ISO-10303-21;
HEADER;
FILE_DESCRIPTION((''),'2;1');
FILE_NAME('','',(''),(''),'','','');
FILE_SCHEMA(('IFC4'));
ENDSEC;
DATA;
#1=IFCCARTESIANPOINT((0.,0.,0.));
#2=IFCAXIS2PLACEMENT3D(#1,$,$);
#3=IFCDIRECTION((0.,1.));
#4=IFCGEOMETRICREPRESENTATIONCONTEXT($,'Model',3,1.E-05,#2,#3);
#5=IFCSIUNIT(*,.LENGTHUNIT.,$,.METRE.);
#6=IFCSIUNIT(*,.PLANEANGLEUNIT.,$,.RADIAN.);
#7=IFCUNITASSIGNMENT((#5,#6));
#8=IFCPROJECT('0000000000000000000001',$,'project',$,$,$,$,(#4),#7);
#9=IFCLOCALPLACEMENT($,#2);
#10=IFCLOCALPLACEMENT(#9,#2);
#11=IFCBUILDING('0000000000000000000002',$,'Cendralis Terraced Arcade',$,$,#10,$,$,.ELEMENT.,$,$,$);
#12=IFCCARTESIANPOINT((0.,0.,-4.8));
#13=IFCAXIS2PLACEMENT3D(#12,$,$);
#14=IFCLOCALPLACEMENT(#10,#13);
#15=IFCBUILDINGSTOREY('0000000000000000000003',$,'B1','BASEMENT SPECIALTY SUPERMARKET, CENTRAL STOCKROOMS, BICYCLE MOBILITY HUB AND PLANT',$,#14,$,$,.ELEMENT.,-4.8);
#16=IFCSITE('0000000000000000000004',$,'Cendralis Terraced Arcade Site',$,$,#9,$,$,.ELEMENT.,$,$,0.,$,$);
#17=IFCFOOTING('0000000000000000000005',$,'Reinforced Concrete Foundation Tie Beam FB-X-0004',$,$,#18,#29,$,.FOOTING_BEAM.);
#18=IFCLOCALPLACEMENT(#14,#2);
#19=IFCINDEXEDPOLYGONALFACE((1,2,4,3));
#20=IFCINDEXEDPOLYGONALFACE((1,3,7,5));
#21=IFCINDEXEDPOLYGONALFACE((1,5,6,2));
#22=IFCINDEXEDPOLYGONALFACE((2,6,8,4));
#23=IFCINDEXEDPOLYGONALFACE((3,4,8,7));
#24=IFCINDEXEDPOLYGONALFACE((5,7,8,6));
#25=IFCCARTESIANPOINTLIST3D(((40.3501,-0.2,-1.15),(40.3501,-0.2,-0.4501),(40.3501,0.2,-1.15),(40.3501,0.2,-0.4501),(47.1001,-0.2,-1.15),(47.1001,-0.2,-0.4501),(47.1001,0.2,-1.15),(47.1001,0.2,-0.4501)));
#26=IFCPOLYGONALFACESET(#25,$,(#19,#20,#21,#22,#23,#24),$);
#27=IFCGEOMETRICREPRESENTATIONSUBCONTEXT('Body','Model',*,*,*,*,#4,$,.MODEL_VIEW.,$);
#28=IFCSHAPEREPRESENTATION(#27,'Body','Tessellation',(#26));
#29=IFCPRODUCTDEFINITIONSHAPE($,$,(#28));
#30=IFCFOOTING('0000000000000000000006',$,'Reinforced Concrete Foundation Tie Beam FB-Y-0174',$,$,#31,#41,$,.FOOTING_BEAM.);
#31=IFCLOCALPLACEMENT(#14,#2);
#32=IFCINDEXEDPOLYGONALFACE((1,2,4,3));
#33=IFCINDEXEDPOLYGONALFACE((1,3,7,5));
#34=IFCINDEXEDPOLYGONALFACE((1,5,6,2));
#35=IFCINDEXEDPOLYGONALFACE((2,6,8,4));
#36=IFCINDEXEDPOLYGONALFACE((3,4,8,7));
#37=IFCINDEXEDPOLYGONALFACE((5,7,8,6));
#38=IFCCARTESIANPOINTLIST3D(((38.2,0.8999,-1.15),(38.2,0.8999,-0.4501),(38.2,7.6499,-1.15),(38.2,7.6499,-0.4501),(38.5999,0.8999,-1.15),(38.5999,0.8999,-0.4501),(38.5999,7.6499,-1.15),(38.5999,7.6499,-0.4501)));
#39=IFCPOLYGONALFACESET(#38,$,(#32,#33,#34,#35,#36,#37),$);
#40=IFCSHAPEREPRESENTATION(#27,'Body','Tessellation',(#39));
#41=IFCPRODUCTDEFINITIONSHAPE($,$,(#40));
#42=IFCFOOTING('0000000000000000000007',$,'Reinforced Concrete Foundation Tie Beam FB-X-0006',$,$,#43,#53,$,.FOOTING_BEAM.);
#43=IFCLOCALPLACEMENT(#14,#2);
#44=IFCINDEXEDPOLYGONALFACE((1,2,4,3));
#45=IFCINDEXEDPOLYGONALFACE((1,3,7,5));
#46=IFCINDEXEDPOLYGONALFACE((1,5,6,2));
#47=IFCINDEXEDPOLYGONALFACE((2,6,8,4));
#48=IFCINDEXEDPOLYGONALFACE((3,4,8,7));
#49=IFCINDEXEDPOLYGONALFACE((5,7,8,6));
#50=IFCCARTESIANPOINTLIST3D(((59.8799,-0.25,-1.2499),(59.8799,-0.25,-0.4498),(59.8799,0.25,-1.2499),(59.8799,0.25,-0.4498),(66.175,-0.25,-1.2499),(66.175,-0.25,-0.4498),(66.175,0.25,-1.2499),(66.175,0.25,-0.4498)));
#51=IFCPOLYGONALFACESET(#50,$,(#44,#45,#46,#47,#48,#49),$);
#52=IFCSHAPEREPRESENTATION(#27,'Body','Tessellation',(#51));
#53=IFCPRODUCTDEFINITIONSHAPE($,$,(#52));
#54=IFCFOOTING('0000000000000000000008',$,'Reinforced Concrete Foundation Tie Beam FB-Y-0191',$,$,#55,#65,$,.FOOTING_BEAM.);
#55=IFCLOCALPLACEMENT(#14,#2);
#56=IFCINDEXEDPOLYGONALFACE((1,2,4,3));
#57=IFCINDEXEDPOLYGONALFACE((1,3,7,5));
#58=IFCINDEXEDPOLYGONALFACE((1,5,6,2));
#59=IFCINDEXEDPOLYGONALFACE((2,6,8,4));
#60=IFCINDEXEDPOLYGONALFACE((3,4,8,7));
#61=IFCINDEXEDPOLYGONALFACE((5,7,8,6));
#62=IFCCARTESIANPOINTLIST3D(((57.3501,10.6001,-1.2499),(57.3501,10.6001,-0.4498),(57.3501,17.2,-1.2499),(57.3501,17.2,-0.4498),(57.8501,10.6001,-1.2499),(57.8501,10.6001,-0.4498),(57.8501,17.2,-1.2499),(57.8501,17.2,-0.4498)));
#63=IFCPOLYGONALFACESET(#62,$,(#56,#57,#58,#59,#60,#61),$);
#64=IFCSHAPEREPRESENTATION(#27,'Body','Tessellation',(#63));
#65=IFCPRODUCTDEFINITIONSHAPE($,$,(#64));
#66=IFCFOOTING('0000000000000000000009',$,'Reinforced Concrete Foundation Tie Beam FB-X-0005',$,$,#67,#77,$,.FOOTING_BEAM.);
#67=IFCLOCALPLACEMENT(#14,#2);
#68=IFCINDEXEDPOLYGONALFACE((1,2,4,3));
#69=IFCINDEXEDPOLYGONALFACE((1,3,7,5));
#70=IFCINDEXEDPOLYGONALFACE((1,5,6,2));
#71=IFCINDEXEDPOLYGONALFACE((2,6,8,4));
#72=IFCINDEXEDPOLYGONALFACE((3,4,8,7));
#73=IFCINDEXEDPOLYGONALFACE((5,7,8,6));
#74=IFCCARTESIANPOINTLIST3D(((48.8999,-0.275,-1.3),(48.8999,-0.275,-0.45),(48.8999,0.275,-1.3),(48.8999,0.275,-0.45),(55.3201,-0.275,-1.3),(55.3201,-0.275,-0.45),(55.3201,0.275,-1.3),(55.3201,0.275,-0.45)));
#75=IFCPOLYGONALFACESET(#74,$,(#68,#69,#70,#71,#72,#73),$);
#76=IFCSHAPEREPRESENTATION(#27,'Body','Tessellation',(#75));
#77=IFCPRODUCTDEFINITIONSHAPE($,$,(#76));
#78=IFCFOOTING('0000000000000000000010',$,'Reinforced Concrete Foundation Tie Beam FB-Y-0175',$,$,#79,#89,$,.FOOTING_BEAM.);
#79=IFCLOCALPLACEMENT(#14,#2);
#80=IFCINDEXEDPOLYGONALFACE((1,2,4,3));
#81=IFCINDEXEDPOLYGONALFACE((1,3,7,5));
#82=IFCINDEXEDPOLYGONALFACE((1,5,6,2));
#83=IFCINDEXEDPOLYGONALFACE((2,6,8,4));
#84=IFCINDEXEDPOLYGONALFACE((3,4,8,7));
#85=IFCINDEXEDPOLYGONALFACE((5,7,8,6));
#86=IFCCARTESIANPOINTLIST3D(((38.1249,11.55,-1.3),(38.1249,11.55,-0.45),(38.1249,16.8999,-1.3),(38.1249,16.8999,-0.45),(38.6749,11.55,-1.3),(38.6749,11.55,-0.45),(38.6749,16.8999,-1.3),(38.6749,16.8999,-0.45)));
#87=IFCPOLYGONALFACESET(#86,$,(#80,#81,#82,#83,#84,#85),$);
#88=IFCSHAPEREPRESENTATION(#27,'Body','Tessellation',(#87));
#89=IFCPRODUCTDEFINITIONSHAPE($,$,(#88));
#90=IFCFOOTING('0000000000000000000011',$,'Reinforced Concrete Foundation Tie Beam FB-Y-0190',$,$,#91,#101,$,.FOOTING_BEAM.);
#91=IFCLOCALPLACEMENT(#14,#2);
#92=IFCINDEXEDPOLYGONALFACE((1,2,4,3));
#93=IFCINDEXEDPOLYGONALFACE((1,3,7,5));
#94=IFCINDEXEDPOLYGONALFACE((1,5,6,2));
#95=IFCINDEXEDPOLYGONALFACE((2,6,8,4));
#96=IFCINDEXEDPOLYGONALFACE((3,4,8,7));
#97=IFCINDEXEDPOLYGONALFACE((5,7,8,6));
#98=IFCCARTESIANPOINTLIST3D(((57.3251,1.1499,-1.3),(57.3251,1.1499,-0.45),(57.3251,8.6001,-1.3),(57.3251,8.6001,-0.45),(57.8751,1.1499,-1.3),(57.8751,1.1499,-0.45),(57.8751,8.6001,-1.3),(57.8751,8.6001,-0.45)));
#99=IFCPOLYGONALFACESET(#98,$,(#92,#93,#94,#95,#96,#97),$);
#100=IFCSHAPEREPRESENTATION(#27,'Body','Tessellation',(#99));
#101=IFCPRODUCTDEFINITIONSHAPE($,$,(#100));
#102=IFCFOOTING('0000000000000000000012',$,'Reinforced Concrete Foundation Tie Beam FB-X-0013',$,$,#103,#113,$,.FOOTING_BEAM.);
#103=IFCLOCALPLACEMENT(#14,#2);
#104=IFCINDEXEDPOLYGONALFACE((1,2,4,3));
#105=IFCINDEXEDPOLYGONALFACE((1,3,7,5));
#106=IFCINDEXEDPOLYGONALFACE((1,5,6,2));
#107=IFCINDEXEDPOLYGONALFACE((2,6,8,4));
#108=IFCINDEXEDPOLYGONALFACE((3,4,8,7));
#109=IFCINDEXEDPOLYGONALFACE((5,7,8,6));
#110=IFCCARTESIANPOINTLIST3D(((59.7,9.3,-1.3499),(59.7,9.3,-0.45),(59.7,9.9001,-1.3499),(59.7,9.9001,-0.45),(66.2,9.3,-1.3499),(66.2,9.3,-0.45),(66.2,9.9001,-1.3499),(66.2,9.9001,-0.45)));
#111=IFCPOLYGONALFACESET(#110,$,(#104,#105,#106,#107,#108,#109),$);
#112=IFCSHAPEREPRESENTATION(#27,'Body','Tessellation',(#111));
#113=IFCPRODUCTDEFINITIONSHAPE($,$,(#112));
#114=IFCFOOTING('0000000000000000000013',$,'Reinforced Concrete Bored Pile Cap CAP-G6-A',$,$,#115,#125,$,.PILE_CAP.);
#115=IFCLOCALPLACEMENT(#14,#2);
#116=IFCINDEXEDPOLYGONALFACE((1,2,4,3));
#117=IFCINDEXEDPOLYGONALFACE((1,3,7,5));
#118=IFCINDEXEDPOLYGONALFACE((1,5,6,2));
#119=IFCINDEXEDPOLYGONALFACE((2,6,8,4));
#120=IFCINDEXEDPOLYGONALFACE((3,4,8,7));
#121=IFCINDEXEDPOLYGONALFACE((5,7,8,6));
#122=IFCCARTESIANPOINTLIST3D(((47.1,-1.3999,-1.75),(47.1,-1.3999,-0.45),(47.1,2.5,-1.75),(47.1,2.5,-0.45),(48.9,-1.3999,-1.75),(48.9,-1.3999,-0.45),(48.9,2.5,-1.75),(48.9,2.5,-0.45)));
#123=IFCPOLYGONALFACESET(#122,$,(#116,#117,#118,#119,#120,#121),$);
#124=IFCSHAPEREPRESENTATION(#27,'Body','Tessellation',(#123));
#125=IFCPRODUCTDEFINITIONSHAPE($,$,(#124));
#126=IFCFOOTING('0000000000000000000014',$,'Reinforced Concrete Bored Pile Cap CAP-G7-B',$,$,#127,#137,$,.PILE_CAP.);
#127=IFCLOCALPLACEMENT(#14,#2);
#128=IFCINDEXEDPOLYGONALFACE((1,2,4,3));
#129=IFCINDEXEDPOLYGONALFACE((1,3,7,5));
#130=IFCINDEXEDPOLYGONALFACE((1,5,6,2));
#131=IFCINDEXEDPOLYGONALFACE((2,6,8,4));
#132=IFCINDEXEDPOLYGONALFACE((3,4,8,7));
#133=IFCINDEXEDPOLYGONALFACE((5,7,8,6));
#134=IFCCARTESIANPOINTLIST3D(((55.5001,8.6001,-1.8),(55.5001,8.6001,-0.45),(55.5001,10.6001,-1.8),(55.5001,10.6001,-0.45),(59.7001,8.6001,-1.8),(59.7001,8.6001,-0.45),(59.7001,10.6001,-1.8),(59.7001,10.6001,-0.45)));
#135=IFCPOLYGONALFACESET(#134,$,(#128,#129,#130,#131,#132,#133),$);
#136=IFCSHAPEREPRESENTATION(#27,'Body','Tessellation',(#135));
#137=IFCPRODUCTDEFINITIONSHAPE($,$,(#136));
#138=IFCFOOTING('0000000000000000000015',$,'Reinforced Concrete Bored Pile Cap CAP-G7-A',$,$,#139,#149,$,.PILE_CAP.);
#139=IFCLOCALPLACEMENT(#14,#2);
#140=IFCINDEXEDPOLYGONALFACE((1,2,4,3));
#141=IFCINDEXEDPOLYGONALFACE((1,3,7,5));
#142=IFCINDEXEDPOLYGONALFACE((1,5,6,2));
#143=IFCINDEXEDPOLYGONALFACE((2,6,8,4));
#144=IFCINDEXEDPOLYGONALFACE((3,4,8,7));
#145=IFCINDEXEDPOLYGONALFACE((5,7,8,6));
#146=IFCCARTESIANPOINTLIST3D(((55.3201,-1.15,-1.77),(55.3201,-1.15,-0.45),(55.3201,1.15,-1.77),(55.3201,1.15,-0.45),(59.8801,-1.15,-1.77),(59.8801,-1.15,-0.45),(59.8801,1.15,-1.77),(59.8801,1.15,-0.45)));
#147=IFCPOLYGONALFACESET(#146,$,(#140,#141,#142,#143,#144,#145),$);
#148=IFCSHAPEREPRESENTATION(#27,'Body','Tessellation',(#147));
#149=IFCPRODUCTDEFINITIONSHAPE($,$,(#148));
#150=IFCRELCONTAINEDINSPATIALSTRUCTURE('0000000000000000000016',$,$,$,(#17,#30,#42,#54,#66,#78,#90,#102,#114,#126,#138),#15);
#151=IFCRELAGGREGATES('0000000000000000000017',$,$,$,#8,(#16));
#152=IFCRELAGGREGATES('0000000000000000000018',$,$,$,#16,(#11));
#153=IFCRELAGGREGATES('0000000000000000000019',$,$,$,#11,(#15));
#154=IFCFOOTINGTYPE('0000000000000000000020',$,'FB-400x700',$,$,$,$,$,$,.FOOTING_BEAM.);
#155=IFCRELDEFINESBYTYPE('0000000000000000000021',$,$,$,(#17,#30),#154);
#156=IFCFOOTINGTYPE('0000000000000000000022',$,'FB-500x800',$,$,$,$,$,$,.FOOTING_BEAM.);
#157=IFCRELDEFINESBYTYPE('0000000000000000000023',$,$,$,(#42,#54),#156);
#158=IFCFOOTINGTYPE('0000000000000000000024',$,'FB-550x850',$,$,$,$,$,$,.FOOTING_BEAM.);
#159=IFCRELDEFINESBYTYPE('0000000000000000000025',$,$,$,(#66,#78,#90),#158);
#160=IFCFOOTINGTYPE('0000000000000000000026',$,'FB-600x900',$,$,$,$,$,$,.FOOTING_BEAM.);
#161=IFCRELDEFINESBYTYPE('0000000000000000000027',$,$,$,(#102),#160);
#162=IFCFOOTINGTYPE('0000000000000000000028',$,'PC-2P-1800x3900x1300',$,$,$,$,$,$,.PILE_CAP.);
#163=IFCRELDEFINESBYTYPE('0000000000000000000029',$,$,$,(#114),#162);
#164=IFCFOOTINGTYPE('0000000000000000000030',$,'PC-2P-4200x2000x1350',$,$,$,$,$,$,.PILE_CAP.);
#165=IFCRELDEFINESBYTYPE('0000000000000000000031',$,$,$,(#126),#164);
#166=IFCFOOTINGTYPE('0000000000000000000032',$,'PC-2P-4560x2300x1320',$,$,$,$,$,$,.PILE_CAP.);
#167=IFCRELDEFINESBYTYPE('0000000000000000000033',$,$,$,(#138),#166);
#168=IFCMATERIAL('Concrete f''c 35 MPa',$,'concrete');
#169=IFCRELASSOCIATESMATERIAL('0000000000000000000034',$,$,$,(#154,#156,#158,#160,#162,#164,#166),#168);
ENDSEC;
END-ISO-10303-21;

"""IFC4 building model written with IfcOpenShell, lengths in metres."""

from ifc_helpers import new_model, si_unit, direction, frame, origin, origin_2d, place, context, subcontext, project, spatial, rectangle, extrude, material, material_profile, profile_set, type_object, element, save


model = new_model("IFC4")

# Units and contexts
model_context = context("Model", 3, precision=1e-05, world=origin(), true_north=direction((0.0, 1.0)))
body_context = subcontext(model_context, "Body", "Model", "MODEL_VIEW")
ifc_project = project(units=[si_unit("LENGTHUNIT", "METRE"), si_unit("PLANEANGLEUNIT", "RADIAN")], contexts=[model_context])

# Site, building, storey
site_placement = place(None, origin())
site = spatial("IfcSite", under=ifc_project, at=site_placement, Name="Cendralis Terraced Arcade Site", CompositionType="ELEMENT", RefElevation=0.0)
building_placement = place(site_placement, origin())
building = spatial("IfcBuilding", under=site, at=building_placement, Name="Cendralis Terraced Arcade", CompositionType="ELEMENT")
storey_placement = place(building_placement, frame((0.0, 0.0, -4.8)))
storey = spatial("IfcBuildingStorey", under=building, at=storey_placement, Name="B1", Description="BASEMENT SPECIALTY SUPERMARKET, CENTRAL STOCKROOMS, BICYCLE MOBILITY HUB AND PLANT", CompositionType="ELEMENT", Elevation=-4.8)

# Footings
ifc_material_1 = material(Name="Concrete f'c 35 MPa", Category="concrete")
ifc_material_profile_1 = material_profile(ifc_material_1, rectangle(XDim=0.3999, YDim=0.7, at=origin_2d()), Name="FB-400x700", Category="LoadBearing")
ifc_profile_set_1 = profile_set([ifc_material_profile_1], Name="Concrete f'c 35 MPa")
footing_type_1 = type_object("IfcFootingType", Name="FB-400x700", PredefinedType="FOOTING_BEAM", material=ifc_profile_set_1)
for number, where, z_axis, x_axis, name in (
    (1, (40.3501, 0.0, -0.8), (1.0, 0.0, 0.0), (0.0, 1.0, 0.0), "Reinforced Concrete Foundation Tie Beam FB-X-0004"),
    (2, (38.3999, 0.8999, -0.8), (0.0, 1.0, 0.0), (-1.0, 0.0, 0.0), "Reinforced Concrete Foundation Tie Beam FB-Y-0174"),
):
    element("IfcFooting", number, at=place(storey_placement, frame(where, z_axis=z_axis, x_axis=x_axis)), inside=storey, type_object=footing_type_1, Name=name, PredefinedType="FOOTING_BEAM", context=body_context, shape_type="SweptSolid", body=[
        extrude(rectangle(XDim=0.3999, YDim=0.7, at=origin_2d()), origin(), (0.0, 0.0, 1.0), 6.75),
    ])
ifc_material_profile_2 = material_profile(ifc_material_1, rectangle(XDim=0.5, YDim=0.8, at=origin_2d()), Name="FB-500x800", Category="LoadBearing")
ifc_profile_set_2 = profile_set([ifc_material_profile_2], Name="Concrete f'c 35 MPa")
footing_type_2 = type_object("IfcFootingType", Name="FB-500x800", PredefinedType="FOOTING_BEAM", material=ifc_profile_set_2)
footing_1_placement = place(storey_placement, frame((59.8799, 0.0, -0.8499), z_axis=(1.0, 0.0, 0.0), x_axis=(0.0, 1.0, 0.0)))
element("IfcFooting", 3, at=footing_1_placement, inside=storey, type_object=footing_type_2, Name="Reinforced Concrete Foundation Tie Beam FB-X-0006", PredefinedType="FOOTING_BEAM", context=body_context, shape_type="SweptSolid", body=[
    extrude(rectangle(XDim=0.5, YDim=0.8, at=origin_2d()), origin(), (0.0, 0.0, 1.0), 6.2952),
])
footing_2_placement = place(storey_placement, frame((57.6001, 10.6001, -0.8499), z_axis=(0.0, 1.0, 0.0), x_axis=(-1.0, 0.0, 0.0)))
element("IfcFooting", 4, at=footing_2_placement, inside=storey, type_object=footing_type_2, Name="Reinforced Concrete Foundation Tie Beam FB-Y-0191", PredefinedType="FOOTING_BEAM", context=body_context, shape_type="SweptSolid", body=[
    extrude(rectangle(XDim=0.5, YDim=0.8, at=origin_2d()), origin(), (0.0, 0.0, 1.0), 6.5999),
])
ifc_material_profile_3 = material_profile(ifc_material_1, rectangle(XDim=0.55, YDim=0.8501, at=origin_2d()), Name="FB-550x850", Category="LoadBearing")
ifc_profile_set_3 = profile_set([ifc_material_profile_3], Name="Concrete f'c 35 MPa")
footing_type_3 = type_object("IfcFootingType", Name="FB-550x850", PredefinedType="FOOTING_BEAM", material=ifc_profile_set_3)
footing_3_placement = place(storey_placement, frame((48.8999, 0.0, -0.875), z_axis=(1.0, 0.0, 0.0), x_axis=(0.0, 1.0, 0.0)))
element("IfcFooting", 5, at=footing_3_placement, inside=storey, type_object=footing_type_3, Name="Reinforced Concrete Foundation Tie Beam FB-X-0005", PredefinedType="FOOTING_BEAM", context=body_context, shape_type="SweptSolid", body=[
    extrude(rectangle(XDim=0.55, YDim=0.8501, at=origin_2d()), origin(), (0.0, 0.0, 1.0), 6.4202),
])
footing_4_placement = place(storey_placement, frame((38.3999, 11.55, -0.875), z_axis=(0.0, 1.0, 0.0), x_axis=(-1.0, 0.0, 0.0)))
element("IfcFooting", 6, at=footing_4_placement, inside=storey, type_object=footing_type_3, Name="Reinforced Concrete Foundation Tie Beam FB-Y-0175", PredefinedType="FOOTING_BEAM", context=body_context, shape_type="SweptSolid", body=[
    extrude(rectangle(XDim=0.55, YDim=0.8501, at=origin_2d()), origin(), (0.0, 0.0, 1.0), 5.3499),
])
footing_5_placement = place(storey_placement, frame((57.6001, 1.1499, -0.875), z_axis=(0.0, 1.0, 0.0), x_axis=(-1.0, 0.0, 0.0)))
element("IfcFooting", 7, at=footing_5_placement, inside=storey, type_object=footing_type_3, Name="Reinforced Concrete Foundation Tie Beam FB-Y-0190", PredefinedType="FOOTING_BEAM", context=body_context, shape_type="SweptSolid", body=[
    extrude(rectangle(XDim=0.55, YDim=0.8501, at=origin_2d()), origin(), (0.0, 0.0, 1.0), 7.4502),
])
ifc_material_profile_4 = material_profile(ifc_material_1, rectangle(XDim=0.6001, YDim=0.8999, at=origin_2d()), Name="FB-600x900", Category="LoadBearing")
ifc_profile_set_4 = profile_set([ifc_material_profile_4], Name="Concrete f'c 35 MPa")
footing_type_4 = type_object("IfcFootingType", Name="FB-600x900", PredefinedType="FOOTING_BEAM", material=ifc_profile_set_4)
footing_6_placement = place(storey_placement, frame((59.7, 9.6001, -0.8999), z_axis=(1.0, 0.0, 0.0), x_axis=(0.0, 1.0, 0.0)))
element("IfcFooting", 8, at=footing_6_placement, inside=storey, type_object=footing_type_4, Name="Reinforced Concrete Foundation Tie Beam FB-X-0013", PredefinedType="FOOTING_BEAM", context=body_context, shape_type="SweptSolid", body=[
    extrude(rectangle(XDim=0.6001, YDim=0.8999, at=origin_2d()), origin(), (0.0, 0.0, 1.0), 6.5),
])
footing_type_5 = type_object("IfcFootingType", Name="PC-2P-1800x3900x1300", PredefinedType="PILE_CAP", material=ifc_material_1)
footing_7_placement = place(storey_placement, frame((48.0, 0.55, -1.75), z_axis=(0.0, 0.0, 1.0), x_axis=(1.0, 0.0, 0.0)))
element("IfcFooting", 9, at=footing_7_placement, inside=storey, type_object=footing_type_5, Name="Reinforced Concrete Bored Pile Cap CAP-G6-A", PredefinedType="PILE_CAP", context=body_context, shape_type="SweptSolid", body=[
    extrude(rectangle(XDim=1.8, YDim=3.8999, at=origin_2d()), origin(), (0.0, 0.0, 1.0), 1.3),
])
footing_type_6 = type_object("IfcFootingType", Name="PC-2P-4200x2000x1350", PredefinedType="PILE_CAP", material=ifc_material_1)
footing_8_placement = place(storey_placement, frame((57.6001, 9.6001, -1.8), z_axis=(0.0, 0.0, 1.0), x_axis=(1.0, 0.0, 0.0)))
element("IfcFooting", 10, at=footing_8_placement, inside=storey, type_object=footing_type_6, Name="Reinforced Concrete Bored Pile Cap CAP-G7-B", PredefinedType="PILE_CAP", context=body_context, shape_type="SweptSolid", body=[
    extrude(rectangle(XDim=4.2, YDim=2.0, at=origin_2d()), origin(), (0.0, 0.0, 1.0), 1.3501),
])
footing_type_7 = type_object("IfcFootingType", Name="PC-2P-4560x2300x1320", PredefinedType="PILE_CAP", material=ifc_material_1)
footing_9_placement = place(storey_placement, frame((57.6001, 0.0, -1.77), z_axis=(0.0, 0.0, 1.0), x_axis=(1.0, 0.0, 0.0)))
element("IfcFooting", 11, at=footing_9_placement, inside=storey, type_object=footing_type_7, Name="Reinforced Concrete Bored Pile Cap CAP-G7-A", PredefinedType="PILE_CAP", context=body_context, shape_type="SweptSolid", body=[
    extrude(rectangle(XDim=4.5601, YDim=2.3, at=origin_2d()), origin(), (0.0, 0.0, 1.0), 1.3201),
])

save(model, "model.ifc")
